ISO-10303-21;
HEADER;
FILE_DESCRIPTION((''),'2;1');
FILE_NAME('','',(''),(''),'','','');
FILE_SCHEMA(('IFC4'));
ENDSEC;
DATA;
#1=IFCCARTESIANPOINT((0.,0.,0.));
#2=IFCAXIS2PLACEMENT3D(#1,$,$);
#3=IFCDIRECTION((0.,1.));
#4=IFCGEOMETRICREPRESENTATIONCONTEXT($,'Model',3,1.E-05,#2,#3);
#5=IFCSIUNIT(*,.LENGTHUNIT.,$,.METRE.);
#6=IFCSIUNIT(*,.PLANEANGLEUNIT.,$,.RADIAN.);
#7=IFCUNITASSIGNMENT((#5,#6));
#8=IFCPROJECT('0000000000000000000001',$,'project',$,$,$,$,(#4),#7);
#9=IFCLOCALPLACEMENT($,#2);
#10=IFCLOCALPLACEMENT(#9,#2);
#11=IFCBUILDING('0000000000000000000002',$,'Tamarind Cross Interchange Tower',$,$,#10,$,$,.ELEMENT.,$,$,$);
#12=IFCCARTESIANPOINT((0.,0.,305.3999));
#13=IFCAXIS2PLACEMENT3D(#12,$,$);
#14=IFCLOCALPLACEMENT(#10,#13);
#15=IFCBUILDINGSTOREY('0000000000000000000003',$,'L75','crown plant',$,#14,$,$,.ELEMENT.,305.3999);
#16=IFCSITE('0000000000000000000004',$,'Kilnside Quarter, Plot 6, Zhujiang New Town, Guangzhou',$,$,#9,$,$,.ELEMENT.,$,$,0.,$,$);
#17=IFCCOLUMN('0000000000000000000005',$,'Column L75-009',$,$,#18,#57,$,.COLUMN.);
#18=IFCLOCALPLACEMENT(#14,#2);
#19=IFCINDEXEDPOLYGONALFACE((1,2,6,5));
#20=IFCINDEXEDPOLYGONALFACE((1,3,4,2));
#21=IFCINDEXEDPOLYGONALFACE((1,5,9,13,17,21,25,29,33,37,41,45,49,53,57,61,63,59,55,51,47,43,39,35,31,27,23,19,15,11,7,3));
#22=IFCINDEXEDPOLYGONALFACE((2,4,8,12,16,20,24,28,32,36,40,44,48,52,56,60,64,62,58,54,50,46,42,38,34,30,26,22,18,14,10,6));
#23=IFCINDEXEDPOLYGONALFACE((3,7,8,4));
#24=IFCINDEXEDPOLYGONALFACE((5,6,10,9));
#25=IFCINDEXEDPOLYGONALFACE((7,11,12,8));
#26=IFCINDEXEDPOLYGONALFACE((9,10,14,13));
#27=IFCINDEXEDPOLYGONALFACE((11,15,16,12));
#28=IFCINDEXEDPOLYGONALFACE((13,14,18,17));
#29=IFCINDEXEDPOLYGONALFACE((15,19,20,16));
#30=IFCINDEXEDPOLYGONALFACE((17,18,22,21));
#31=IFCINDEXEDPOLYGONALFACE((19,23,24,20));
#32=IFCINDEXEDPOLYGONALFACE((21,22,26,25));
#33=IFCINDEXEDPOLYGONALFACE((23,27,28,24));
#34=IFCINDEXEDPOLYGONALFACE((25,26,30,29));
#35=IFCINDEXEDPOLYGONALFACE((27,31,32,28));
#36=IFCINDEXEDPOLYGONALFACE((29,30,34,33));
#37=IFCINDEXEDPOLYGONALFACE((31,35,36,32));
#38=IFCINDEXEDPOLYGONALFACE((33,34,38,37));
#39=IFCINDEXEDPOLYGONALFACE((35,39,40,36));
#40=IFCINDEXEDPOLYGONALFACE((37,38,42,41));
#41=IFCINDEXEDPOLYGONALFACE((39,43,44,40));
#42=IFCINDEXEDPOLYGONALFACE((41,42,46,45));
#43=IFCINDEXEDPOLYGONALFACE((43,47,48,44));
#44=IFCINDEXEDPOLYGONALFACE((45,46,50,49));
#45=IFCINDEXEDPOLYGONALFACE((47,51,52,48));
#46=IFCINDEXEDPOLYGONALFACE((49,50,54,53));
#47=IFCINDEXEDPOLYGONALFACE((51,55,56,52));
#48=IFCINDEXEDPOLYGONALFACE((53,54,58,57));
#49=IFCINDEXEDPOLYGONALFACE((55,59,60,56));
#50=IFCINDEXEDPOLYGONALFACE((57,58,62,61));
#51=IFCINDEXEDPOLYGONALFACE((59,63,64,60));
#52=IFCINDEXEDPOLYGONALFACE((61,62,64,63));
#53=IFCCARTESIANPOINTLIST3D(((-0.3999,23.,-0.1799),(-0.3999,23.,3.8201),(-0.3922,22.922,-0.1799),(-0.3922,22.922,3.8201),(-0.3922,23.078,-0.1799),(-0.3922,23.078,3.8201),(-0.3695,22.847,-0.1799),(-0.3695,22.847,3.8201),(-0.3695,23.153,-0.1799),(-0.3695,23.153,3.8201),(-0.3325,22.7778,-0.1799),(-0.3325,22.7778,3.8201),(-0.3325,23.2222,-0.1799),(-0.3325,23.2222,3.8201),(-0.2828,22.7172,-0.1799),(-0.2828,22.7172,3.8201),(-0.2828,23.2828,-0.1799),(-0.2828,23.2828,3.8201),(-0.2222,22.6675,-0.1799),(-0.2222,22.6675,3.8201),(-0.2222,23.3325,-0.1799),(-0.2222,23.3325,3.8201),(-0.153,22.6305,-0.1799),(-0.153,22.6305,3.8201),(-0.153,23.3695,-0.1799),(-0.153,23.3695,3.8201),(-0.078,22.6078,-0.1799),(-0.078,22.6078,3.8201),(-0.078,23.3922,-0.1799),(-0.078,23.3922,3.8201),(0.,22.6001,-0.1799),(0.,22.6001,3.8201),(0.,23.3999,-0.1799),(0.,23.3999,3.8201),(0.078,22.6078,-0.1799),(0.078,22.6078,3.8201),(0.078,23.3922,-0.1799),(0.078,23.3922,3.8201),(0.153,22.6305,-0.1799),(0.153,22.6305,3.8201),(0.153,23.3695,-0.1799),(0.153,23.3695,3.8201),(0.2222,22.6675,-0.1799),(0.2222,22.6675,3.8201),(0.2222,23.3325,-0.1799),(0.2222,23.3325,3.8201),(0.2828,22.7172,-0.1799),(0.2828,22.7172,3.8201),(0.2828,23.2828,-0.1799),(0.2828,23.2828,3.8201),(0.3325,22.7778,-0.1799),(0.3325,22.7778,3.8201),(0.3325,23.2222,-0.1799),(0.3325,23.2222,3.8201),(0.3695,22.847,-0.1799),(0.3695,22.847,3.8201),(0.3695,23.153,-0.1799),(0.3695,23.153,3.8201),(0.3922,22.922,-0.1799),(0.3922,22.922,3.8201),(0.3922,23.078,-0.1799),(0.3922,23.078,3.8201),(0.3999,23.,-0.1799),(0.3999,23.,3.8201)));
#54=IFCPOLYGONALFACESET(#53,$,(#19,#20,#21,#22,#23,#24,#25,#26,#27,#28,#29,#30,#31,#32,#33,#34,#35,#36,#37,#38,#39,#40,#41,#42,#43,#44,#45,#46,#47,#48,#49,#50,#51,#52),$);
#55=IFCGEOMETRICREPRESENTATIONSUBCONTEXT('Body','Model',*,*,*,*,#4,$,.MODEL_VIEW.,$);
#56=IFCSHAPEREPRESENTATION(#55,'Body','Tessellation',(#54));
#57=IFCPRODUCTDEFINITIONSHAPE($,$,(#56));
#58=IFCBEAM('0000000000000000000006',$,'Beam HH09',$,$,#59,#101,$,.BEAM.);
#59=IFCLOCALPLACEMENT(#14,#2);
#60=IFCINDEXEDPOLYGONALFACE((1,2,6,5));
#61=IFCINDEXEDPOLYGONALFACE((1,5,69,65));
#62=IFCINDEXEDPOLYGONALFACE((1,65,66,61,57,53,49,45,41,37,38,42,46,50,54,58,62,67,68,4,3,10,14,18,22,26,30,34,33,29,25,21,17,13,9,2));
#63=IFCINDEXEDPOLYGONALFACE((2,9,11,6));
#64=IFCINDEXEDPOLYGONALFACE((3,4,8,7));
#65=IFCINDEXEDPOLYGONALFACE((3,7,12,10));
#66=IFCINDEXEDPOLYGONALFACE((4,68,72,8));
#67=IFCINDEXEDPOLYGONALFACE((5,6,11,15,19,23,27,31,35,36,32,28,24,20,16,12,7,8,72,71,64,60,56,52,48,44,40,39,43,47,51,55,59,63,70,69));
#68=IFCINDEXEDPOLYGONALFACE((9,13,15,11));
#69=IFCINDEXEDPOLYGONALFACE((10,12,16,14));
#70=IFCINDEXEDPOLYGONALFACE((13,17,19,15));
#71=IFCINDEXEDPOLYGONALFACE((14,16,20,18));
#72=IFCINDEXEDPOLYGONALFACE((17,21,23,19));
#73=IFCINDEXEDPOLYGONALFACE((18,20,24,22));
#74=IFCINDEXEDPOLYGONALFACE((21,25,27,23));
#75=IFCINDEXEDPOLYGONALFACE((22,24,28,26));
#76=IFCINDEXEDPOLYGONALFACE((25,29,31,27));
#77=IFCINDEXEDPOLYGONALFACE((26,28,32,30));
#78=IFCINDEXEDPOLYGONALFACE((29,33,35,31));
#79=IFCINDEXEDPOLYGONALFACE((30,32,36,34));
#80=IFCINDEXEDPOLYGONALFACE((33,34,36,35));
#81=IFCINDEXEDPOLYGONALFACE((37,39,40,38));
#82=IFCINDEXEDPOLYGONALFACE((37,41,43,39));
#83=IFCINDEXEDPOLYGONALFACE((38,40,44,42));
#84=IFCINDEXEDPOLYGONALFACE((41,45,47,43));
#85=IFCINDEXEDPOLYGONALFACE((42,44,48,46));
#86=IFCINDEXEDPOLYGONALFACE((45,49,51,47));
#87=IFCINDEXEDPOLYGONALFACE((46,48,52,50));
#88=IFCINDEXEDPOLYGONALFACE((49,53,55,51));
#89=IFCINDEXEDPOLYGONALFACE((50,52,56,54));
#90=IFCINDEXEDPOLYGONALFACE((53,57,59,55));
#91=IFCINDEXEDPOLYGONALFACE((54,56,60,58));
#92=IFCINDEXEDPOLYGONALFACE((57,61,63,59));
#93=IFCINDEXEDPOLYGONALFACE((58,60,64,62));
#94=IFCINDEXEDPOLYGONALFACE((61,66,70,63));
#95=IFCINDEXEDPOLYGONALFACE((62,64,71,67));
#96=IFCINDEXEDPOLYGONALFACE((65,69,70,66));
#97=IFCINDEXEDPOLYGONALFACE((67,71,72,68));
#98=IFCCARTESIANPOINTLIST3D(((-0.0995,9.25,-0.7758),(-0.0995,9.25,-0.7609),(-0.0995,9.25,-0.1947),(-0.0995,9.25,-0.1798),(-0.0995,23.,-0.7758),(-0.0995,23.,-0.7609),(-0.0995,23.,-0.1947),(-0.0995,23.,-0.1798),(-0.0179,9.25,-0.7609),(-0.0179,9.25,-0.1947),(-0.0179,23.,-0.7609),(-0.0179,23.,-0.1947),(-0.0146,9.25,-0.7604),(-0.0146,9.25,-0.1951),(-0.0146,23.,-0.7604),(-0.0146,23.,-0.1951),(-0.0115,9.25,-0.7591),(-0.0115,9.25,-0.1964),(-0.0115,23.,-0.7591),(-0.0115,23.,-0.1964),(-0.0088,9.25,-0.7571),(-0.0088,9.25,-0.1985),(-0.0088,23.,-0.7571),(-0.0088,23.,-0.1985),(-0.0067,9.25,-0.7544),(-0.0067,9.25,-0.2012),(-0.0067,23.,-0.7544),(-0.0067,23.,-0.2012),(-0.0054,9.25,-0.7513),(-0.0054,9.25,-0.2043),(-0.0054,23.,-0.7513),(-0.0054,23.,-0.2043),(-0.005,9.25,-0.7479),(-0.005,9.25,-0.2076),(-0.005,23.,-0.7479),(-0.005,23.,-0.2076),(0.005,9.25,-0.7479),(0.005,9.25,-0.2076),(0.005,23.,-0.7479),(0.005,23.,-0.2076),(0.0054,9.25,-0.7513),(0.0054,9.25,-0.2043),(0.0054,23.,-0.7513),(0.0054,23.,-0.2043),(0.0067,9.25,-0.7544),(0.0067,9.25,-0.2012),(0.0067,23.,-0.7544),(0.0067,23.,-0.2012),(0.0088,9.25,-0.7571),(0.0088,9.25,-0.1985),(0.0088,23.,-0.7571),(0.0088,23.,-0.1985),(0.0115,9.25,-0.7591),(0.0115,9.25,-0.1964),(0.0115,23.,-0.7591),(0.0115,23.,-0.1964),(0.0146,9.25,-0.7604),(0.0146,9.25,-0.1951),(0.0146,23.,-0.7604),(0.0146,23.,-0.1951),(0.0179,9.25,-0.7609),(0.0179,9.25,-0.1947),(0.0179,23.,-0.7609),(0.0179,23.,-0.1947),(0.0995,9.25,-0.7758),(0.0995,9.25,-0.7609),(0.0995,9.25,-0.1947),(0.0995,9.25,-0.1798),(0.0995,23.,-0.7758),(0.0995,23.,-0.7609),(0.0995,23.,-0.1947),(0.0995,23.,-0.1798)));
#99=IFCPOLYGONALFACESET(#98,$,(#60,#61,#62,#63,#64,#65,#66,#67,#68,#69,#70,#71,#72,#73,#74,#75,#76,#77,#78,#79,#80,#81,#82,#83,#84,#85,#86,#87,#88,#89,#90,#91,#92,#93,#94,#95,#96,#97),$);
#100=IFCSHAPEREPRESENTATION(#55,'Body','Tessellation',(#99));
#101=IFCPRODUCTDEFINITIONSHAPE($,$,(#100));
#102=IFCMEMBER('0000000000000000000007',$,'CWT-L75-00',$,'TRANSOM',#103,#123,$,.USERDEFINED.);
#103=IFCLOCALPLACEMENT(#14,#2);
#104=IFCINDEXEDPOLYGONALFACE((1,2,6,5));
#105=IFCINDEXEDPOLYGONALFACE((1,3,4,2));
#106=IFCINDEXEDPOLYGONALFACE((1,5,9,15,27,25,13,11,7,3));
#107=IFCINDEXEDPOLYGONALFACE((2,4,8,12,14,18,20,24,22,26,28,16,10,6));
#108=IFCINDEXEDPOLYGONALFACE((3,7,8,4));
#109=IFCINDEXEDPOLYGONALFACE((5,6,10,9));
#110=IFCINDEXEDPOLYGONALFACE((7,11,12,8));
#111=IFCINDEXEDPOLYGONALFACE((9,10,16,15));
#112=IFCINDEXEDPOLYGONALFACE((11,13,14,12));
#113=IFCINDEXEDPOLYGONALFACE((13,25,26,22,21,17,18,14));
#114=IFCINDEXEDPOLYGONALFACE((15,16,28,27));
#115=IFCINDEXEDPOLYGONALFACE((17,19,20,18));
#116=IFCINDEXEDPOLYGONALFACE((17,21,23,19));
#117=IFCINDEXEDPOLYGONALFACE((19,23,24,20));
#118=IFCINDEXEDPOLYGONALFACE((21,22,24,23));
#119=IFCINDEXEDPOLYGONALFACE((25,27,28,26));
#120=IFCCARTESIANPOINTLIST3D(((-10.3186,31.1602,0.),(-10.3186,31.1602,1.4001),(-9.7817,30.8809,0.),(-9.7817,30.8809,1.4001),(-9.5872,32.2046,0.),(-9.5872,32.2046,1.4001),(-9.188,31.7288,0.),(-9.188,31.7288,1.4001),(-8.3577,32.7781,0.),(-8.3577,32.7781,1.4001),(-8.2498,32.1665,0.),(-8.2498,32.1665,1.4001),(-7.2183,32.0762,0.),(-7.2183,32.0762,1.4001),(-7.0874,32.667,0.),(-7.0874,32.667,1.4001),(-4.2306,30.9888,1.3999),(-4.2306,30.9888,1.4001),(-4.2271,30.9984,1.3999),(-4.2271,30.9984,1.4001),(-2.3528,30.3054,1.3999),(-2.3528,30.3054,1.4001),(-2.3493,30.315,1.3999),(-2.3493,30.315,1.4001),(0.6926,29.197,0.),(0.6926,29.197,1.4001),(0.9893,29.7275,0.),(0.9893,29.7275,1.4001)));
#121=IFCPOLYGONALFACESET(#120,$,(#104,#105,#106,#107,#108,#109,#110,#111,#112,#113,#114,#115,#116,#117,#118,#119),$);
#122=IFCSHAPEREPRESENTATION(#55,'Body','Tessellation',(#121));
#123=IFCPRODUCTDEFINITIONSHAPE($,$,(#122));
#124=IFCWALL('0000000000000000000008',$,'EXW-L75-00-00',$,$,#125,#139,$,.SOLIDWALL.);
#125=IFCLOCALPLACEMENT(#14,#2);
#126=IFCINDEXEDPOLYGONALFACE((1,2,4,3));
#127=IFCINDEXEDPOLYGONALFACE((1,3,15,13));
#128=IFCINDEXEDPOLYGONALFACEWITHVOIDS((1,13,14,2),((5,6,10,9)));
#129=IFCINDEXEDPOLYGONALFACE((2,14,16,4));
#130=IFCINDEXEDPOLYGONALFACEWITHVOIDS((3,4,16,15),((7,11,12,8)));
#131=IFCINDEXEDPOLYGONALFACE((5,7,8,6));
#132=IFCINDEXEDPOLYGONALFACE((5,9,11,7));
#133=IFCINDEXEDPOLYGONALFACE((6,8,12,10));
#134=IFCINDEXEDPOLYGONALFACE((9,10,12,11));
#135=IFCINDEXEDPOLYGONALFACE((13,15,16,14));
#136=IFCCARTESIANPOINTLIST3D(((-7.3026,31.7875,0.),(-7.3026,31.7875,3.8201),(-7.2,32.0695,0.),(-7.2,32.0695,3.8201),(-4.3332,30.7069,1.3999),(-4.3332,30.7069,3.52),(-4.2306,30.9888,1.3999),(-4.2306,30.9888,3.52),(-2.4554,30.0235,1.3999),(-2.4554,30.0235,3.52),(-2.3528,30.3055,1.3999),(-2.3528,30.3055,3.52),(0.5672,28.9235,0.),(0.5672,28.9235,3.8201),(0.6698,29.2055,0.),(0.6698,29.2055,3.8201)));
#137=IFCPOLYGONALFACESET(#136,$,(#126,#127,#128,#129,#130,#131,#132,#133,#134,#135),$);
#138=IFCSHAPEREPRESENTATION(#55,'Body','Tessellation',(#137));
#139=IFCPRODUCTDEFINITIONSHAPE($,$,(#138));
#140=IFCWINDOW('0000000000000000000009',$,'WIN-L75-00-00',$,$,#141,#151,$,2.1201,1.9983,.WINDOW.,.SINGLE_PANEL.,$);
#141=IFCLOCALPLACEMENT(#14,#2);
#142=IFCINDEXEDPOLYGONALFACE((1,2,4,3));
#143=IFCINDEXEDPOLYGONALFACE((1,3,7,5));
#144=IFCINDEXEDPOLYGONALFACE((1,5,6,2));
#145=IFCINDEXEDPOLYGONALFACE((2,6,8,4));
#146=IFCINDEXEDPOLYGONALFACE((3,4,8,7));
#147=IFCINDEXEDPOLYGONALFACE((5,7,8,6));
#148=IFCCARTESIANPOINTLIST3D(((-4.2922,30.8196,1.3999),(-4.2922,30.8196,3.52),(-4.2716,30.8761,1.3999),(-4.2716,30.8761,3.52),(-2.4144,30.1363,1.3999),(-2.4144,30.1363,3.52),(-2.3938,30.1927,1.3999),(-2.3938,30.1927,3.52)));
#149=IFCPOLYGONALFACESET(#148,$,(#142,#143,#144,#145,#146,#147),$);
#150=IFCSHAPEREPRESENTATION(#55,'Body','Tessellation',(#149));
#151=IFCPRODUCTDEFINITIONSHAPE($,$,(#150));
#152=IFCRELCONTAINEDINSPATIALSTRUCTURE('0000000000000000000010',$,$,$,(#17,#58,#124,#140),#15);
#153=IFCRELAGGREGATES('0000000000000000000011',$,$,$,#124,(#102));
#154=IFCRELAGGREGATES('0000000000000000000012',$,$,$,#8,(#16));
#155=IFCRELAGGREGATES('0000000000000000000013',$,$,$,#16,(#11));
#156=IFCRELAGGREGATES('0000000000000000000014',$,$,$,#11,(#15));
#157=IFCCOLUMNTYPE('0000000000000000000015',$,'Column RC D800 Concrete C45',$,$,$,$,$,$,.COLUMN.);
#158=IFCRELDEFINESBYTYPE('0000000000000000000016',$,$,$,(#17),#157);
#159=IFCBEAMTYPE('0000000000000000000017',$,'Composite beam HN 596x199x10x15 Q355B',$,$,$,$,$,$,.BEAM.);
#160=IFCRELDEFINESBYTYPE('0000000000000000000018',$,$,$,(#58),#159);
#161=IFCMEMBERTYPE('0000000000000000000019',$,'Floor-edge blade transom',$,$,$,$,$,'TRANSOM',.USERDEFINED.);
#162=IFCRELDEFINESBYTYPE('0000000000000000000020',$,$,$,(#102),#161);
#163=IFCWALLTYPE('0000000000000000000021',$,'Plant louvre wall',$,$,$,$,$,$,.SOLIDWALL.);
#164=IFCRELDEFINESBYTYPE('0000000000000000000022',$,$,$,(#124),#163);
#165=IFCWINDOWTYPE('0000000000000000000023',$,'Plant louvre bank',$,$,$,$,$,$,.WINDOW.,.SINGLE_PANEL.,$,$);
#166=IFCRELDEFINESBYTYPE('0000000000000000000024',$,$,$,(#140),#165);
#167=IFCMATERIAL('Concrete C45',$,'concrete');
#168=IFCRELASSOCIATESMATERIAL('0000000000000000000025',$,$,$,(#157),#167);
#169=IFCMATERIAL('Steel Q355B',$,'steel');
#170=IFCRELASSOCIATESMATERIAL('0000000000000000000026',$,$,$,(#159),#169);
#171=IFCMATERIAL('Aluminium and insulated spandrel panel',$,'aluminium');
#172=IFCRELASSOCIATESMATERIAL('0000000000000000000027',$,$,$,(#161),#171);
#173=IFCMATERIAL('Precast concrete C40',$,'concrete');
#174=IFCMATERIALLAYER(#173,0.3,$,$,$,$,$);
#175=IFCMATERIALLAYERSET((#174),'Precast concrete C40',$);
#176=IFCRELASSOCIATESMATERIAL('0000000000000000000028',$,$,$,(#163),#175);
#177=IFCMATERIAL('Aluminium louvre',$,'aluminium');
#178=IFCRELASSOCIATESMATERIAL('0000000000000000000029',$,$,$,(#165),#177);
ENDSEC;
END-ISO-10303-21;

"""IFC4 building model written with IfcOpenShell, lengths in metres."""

from ifc_helpers import new_model, si_unit, direction, frame, frame_2d, origin, origin_2d, place, context, subcontext, project, spatial, polyline, rectangle, circle, i_section, outline, extrude, material, layer, layer_set, material_profile, profile_set, type_object, element, fill, aggregate, save


model = new_model("IFC4")

# Units and contexts
model_context = context("Model", 3, precision=1e-05, world=origin(), true_north=direction((0.0, 1.0)))
body_context = subcontext(model_context, "Body", "Model", "MODEL_VIEW")
ifc_project = project(units=[si_unit("LENGTHUNIT", "METRE"), si_unit("PLANEANGLEUNIT", "RADIAN")], contexts=[model_context])

# Site, building, storey
site_placement = place(None, origin())
site = spatial("IfcSite", under=ifc_project, at=site_placement, Name="Kilnside Quarter, Plot 6, Zhujiang New Town, Guangzhou", CompositionType="ELEMENT", RefElevation=0.0)
building_placement = place(site_placement, origin())
building = spatial("IfcBuilding", under=site, at=building_placement, Name="Tamarind Cross Interchange Tower", CompositionType="ELEMENT")
storey_placement = place(building_placement, frame((0.0, 0.0, 305.3999)))
storey = spatial("IfcBuildingStorey", under=building, at=storey_placement, Name="L75", Description="crown plant", CompositionType="ELEMENT", Elevation=305.3999)

# Column
ifc_material_1 = material(Name="Concrete C45", Category="concrete")
ifc_material_profile_1 = material_profile(ifc_material_1, circle(Radius=0.3999, at=origin_2d()), Name="RC D800")
ifc_profile_set_1 = profile_set([ifc_material_profile_1], Name="Concrete C45")
column_type = type_object("IfcColumnType", Name="Column RC D800 Concrete C45", PredefinedType="COLUMN", material=ifc_profile_set_1)
column_placement = place(storey_placement, frame((0.0, 23.0, -0.1799), z_axis=(0.0, 0.0, 1.0), x_axis=(1.0, 0.0, 0.0)))
element("IfcColumn", 1, at=column_placement, inside=storey, type_object=column_type, Name="Column L75-009", PredefinedType="COLUMN", context=body_context, shape_type="SweptSolid", body=[
    extrude(circle(Radius=0.3999, at=origin_2d()), origin(), (0.0, 0.0, 1.0), 4.0),
])

# Beam
ifc_material_2 = material(Name="Steel Q355B", Category="steel")
ifc_material_profile_2 = material_profile(ifc_material_2, i_section(OverallWidth=0.199, OverallDepth=0.5959, WebThickness=0.01, FlangeThickness=0.0149, FilletRadius=0.0129, at=origin_2d()), Name="HN 596x199x10x15")
ifc_profile_set_2 = profile_set([ifc_material_profile_2], Name="Steel Q355B")
beam_type = type_object("IfcBeamType", Name="Composite beam HN 596x199x10x15 Q355B", PredefinedType="BEAM", material=ifc_profile_set_2)
beam_placement = place(storey_placement, frame((0.0, 23.0, -0.4778), z_axis=(0.0, -1.0, 0.0), x_axis=(1.0, 0.0, 0.0)))
element("IfcBeam", 2, at=beam_placement, inside=storey, type_object=beam_type, Name="Beam HH09", PredefinedType="BEAM", context=body_context, shape_type="SweptSolid", body=[
    extrude(i_section(OverallWidth=0.199, OverallDepth=0.5959, WebThickness=0.01, FlangeThickness=0.0149, FilletRadius=0.0129, at=origin_2d()), origin(), (0.0, 0.0, 1.0), 13.75),
])

# Member
ifc_material_3 = material(Name="Aluminium and insulated spandrel panel", Category="aluminium")
member_type = type_object("IfcMemberType", Name="Floor-edge blade transom", ElementType="TRANSOM", PredefinedType="USERDEFINED", material=ifc_material_3)
member_placement = place(storey_placement, origin())
member = element("IfcMember", 3, at=member_placement, type_object=member_type, Name="CWT-L75-00", ObjectType="TRANSOM", PredefinedType="USERDEFINED", context=body_context, shape_type="SweptSolid", body=[
    extrude(outline(polyline([(0.6926, 29.197), (-7.2183, 32.0762), (-8.2498, 32.1665), (-9.188, 31.7288), (-9.7817, 30.8809), (-10.3186, 31.1602), (-9.5872, 32.2046), (-8.3577, 32.7781), (-7.0874, 32.667), (0.9893, 29.7275), (0.6926, 29.197)])), origin(), (0.0, 0.0, 1.0), 1.4001),
])

# Wall, opening, window
ifc_material_4 = material(Name="Precast concrete C40", Category="concrete")
ifc_layer_1 = layer(ifc_material_4, 0.3)
ifc_layer_set_1 = layer_set([ifc_layer_1], Name="Precast concrete C40")
wall_type_1 = type_object("IfcWallType", Name="Plant louvre wall", PredefinedType="SOLIDWALL", material=ifc_layer_set_1)
wall_1_placement = place(storey_placement, frame((0.6187, 29.0645, 0.0), z_axis=(0.0, 0.0, 1.0), x_axis=(-0.939707, 0.341979, 0.0)))
wall_1 = element("IfcWall", 4, at=wall_1_placement, inside=storey, type_object=wall_type_1, Name="EXW-L75-00-00", PredefinedType="SOLIDWALL", context=body_context, shape_type="SweptSolid", body=[
    extrude(rectangle(XDim=8.3748, YDim=0.3, at=frame_2d((4.1875, 0.0))), origin(), (0.0, 0.0, 1.0), 3.8201),
])
opening_1_placement = place(wall_1_placement, frame((3.2168, 0.0, 1.3999)))
opening_1 = element("IfcOpeningElement", 5, at=opening_1_placement, cuts=wall_1, PredefinedType="OPENING", context=body_context, shape_type="SweptSolid", body=[
    extrude(rectangle(XDim=1.9983, YDim=2.1201, at=frame_2d((0.999, 1.0601))), frame((0.0, 0.1599, 0.0), z_axis=(0.0, -1.0, 0.0), x_axis=(1.0, 0.0, 0.0)), (0.0, 0.0, 1.0), 0.3201),
])
ifc_material_5 = material(Name="Aluminium louvre", Category="aluminium")
window_type = type_object("IfcWindowType", Name="Plant louvre bank", PartitioningType="SINGLE_PANEL", PredefinedType="WINDOW", material=ifc_material_5)
window_placement = place(opening_1_placement, origin())
window = element("IfcWindow", 6, at=window_placement, inside=storey, type_object=window_type, Name="WIN-L75-00-00", OverallHeight=2.1201, OverallWidth=1.9983, PartitioningType="SINGLE_PANEL", PredefinedType="WINDOW", context=body_context, shape_type="SweptSolid", body=[
    extrude(rectangle(XDim=1.9983, YDim=2.1201, at=frame_2d((0.999, 1.0601))), frame((0.0, 0.03, 0.0), z_axis=(0.0, -1.0, 0.0), x_axis=(1.0, 0.0, 0.0)), (0.0, 0.0, 1.0), 0.0601),
])
fill(opening_1, window)
aggregate(wall_1, [member])

save(model, "model.ifc")
